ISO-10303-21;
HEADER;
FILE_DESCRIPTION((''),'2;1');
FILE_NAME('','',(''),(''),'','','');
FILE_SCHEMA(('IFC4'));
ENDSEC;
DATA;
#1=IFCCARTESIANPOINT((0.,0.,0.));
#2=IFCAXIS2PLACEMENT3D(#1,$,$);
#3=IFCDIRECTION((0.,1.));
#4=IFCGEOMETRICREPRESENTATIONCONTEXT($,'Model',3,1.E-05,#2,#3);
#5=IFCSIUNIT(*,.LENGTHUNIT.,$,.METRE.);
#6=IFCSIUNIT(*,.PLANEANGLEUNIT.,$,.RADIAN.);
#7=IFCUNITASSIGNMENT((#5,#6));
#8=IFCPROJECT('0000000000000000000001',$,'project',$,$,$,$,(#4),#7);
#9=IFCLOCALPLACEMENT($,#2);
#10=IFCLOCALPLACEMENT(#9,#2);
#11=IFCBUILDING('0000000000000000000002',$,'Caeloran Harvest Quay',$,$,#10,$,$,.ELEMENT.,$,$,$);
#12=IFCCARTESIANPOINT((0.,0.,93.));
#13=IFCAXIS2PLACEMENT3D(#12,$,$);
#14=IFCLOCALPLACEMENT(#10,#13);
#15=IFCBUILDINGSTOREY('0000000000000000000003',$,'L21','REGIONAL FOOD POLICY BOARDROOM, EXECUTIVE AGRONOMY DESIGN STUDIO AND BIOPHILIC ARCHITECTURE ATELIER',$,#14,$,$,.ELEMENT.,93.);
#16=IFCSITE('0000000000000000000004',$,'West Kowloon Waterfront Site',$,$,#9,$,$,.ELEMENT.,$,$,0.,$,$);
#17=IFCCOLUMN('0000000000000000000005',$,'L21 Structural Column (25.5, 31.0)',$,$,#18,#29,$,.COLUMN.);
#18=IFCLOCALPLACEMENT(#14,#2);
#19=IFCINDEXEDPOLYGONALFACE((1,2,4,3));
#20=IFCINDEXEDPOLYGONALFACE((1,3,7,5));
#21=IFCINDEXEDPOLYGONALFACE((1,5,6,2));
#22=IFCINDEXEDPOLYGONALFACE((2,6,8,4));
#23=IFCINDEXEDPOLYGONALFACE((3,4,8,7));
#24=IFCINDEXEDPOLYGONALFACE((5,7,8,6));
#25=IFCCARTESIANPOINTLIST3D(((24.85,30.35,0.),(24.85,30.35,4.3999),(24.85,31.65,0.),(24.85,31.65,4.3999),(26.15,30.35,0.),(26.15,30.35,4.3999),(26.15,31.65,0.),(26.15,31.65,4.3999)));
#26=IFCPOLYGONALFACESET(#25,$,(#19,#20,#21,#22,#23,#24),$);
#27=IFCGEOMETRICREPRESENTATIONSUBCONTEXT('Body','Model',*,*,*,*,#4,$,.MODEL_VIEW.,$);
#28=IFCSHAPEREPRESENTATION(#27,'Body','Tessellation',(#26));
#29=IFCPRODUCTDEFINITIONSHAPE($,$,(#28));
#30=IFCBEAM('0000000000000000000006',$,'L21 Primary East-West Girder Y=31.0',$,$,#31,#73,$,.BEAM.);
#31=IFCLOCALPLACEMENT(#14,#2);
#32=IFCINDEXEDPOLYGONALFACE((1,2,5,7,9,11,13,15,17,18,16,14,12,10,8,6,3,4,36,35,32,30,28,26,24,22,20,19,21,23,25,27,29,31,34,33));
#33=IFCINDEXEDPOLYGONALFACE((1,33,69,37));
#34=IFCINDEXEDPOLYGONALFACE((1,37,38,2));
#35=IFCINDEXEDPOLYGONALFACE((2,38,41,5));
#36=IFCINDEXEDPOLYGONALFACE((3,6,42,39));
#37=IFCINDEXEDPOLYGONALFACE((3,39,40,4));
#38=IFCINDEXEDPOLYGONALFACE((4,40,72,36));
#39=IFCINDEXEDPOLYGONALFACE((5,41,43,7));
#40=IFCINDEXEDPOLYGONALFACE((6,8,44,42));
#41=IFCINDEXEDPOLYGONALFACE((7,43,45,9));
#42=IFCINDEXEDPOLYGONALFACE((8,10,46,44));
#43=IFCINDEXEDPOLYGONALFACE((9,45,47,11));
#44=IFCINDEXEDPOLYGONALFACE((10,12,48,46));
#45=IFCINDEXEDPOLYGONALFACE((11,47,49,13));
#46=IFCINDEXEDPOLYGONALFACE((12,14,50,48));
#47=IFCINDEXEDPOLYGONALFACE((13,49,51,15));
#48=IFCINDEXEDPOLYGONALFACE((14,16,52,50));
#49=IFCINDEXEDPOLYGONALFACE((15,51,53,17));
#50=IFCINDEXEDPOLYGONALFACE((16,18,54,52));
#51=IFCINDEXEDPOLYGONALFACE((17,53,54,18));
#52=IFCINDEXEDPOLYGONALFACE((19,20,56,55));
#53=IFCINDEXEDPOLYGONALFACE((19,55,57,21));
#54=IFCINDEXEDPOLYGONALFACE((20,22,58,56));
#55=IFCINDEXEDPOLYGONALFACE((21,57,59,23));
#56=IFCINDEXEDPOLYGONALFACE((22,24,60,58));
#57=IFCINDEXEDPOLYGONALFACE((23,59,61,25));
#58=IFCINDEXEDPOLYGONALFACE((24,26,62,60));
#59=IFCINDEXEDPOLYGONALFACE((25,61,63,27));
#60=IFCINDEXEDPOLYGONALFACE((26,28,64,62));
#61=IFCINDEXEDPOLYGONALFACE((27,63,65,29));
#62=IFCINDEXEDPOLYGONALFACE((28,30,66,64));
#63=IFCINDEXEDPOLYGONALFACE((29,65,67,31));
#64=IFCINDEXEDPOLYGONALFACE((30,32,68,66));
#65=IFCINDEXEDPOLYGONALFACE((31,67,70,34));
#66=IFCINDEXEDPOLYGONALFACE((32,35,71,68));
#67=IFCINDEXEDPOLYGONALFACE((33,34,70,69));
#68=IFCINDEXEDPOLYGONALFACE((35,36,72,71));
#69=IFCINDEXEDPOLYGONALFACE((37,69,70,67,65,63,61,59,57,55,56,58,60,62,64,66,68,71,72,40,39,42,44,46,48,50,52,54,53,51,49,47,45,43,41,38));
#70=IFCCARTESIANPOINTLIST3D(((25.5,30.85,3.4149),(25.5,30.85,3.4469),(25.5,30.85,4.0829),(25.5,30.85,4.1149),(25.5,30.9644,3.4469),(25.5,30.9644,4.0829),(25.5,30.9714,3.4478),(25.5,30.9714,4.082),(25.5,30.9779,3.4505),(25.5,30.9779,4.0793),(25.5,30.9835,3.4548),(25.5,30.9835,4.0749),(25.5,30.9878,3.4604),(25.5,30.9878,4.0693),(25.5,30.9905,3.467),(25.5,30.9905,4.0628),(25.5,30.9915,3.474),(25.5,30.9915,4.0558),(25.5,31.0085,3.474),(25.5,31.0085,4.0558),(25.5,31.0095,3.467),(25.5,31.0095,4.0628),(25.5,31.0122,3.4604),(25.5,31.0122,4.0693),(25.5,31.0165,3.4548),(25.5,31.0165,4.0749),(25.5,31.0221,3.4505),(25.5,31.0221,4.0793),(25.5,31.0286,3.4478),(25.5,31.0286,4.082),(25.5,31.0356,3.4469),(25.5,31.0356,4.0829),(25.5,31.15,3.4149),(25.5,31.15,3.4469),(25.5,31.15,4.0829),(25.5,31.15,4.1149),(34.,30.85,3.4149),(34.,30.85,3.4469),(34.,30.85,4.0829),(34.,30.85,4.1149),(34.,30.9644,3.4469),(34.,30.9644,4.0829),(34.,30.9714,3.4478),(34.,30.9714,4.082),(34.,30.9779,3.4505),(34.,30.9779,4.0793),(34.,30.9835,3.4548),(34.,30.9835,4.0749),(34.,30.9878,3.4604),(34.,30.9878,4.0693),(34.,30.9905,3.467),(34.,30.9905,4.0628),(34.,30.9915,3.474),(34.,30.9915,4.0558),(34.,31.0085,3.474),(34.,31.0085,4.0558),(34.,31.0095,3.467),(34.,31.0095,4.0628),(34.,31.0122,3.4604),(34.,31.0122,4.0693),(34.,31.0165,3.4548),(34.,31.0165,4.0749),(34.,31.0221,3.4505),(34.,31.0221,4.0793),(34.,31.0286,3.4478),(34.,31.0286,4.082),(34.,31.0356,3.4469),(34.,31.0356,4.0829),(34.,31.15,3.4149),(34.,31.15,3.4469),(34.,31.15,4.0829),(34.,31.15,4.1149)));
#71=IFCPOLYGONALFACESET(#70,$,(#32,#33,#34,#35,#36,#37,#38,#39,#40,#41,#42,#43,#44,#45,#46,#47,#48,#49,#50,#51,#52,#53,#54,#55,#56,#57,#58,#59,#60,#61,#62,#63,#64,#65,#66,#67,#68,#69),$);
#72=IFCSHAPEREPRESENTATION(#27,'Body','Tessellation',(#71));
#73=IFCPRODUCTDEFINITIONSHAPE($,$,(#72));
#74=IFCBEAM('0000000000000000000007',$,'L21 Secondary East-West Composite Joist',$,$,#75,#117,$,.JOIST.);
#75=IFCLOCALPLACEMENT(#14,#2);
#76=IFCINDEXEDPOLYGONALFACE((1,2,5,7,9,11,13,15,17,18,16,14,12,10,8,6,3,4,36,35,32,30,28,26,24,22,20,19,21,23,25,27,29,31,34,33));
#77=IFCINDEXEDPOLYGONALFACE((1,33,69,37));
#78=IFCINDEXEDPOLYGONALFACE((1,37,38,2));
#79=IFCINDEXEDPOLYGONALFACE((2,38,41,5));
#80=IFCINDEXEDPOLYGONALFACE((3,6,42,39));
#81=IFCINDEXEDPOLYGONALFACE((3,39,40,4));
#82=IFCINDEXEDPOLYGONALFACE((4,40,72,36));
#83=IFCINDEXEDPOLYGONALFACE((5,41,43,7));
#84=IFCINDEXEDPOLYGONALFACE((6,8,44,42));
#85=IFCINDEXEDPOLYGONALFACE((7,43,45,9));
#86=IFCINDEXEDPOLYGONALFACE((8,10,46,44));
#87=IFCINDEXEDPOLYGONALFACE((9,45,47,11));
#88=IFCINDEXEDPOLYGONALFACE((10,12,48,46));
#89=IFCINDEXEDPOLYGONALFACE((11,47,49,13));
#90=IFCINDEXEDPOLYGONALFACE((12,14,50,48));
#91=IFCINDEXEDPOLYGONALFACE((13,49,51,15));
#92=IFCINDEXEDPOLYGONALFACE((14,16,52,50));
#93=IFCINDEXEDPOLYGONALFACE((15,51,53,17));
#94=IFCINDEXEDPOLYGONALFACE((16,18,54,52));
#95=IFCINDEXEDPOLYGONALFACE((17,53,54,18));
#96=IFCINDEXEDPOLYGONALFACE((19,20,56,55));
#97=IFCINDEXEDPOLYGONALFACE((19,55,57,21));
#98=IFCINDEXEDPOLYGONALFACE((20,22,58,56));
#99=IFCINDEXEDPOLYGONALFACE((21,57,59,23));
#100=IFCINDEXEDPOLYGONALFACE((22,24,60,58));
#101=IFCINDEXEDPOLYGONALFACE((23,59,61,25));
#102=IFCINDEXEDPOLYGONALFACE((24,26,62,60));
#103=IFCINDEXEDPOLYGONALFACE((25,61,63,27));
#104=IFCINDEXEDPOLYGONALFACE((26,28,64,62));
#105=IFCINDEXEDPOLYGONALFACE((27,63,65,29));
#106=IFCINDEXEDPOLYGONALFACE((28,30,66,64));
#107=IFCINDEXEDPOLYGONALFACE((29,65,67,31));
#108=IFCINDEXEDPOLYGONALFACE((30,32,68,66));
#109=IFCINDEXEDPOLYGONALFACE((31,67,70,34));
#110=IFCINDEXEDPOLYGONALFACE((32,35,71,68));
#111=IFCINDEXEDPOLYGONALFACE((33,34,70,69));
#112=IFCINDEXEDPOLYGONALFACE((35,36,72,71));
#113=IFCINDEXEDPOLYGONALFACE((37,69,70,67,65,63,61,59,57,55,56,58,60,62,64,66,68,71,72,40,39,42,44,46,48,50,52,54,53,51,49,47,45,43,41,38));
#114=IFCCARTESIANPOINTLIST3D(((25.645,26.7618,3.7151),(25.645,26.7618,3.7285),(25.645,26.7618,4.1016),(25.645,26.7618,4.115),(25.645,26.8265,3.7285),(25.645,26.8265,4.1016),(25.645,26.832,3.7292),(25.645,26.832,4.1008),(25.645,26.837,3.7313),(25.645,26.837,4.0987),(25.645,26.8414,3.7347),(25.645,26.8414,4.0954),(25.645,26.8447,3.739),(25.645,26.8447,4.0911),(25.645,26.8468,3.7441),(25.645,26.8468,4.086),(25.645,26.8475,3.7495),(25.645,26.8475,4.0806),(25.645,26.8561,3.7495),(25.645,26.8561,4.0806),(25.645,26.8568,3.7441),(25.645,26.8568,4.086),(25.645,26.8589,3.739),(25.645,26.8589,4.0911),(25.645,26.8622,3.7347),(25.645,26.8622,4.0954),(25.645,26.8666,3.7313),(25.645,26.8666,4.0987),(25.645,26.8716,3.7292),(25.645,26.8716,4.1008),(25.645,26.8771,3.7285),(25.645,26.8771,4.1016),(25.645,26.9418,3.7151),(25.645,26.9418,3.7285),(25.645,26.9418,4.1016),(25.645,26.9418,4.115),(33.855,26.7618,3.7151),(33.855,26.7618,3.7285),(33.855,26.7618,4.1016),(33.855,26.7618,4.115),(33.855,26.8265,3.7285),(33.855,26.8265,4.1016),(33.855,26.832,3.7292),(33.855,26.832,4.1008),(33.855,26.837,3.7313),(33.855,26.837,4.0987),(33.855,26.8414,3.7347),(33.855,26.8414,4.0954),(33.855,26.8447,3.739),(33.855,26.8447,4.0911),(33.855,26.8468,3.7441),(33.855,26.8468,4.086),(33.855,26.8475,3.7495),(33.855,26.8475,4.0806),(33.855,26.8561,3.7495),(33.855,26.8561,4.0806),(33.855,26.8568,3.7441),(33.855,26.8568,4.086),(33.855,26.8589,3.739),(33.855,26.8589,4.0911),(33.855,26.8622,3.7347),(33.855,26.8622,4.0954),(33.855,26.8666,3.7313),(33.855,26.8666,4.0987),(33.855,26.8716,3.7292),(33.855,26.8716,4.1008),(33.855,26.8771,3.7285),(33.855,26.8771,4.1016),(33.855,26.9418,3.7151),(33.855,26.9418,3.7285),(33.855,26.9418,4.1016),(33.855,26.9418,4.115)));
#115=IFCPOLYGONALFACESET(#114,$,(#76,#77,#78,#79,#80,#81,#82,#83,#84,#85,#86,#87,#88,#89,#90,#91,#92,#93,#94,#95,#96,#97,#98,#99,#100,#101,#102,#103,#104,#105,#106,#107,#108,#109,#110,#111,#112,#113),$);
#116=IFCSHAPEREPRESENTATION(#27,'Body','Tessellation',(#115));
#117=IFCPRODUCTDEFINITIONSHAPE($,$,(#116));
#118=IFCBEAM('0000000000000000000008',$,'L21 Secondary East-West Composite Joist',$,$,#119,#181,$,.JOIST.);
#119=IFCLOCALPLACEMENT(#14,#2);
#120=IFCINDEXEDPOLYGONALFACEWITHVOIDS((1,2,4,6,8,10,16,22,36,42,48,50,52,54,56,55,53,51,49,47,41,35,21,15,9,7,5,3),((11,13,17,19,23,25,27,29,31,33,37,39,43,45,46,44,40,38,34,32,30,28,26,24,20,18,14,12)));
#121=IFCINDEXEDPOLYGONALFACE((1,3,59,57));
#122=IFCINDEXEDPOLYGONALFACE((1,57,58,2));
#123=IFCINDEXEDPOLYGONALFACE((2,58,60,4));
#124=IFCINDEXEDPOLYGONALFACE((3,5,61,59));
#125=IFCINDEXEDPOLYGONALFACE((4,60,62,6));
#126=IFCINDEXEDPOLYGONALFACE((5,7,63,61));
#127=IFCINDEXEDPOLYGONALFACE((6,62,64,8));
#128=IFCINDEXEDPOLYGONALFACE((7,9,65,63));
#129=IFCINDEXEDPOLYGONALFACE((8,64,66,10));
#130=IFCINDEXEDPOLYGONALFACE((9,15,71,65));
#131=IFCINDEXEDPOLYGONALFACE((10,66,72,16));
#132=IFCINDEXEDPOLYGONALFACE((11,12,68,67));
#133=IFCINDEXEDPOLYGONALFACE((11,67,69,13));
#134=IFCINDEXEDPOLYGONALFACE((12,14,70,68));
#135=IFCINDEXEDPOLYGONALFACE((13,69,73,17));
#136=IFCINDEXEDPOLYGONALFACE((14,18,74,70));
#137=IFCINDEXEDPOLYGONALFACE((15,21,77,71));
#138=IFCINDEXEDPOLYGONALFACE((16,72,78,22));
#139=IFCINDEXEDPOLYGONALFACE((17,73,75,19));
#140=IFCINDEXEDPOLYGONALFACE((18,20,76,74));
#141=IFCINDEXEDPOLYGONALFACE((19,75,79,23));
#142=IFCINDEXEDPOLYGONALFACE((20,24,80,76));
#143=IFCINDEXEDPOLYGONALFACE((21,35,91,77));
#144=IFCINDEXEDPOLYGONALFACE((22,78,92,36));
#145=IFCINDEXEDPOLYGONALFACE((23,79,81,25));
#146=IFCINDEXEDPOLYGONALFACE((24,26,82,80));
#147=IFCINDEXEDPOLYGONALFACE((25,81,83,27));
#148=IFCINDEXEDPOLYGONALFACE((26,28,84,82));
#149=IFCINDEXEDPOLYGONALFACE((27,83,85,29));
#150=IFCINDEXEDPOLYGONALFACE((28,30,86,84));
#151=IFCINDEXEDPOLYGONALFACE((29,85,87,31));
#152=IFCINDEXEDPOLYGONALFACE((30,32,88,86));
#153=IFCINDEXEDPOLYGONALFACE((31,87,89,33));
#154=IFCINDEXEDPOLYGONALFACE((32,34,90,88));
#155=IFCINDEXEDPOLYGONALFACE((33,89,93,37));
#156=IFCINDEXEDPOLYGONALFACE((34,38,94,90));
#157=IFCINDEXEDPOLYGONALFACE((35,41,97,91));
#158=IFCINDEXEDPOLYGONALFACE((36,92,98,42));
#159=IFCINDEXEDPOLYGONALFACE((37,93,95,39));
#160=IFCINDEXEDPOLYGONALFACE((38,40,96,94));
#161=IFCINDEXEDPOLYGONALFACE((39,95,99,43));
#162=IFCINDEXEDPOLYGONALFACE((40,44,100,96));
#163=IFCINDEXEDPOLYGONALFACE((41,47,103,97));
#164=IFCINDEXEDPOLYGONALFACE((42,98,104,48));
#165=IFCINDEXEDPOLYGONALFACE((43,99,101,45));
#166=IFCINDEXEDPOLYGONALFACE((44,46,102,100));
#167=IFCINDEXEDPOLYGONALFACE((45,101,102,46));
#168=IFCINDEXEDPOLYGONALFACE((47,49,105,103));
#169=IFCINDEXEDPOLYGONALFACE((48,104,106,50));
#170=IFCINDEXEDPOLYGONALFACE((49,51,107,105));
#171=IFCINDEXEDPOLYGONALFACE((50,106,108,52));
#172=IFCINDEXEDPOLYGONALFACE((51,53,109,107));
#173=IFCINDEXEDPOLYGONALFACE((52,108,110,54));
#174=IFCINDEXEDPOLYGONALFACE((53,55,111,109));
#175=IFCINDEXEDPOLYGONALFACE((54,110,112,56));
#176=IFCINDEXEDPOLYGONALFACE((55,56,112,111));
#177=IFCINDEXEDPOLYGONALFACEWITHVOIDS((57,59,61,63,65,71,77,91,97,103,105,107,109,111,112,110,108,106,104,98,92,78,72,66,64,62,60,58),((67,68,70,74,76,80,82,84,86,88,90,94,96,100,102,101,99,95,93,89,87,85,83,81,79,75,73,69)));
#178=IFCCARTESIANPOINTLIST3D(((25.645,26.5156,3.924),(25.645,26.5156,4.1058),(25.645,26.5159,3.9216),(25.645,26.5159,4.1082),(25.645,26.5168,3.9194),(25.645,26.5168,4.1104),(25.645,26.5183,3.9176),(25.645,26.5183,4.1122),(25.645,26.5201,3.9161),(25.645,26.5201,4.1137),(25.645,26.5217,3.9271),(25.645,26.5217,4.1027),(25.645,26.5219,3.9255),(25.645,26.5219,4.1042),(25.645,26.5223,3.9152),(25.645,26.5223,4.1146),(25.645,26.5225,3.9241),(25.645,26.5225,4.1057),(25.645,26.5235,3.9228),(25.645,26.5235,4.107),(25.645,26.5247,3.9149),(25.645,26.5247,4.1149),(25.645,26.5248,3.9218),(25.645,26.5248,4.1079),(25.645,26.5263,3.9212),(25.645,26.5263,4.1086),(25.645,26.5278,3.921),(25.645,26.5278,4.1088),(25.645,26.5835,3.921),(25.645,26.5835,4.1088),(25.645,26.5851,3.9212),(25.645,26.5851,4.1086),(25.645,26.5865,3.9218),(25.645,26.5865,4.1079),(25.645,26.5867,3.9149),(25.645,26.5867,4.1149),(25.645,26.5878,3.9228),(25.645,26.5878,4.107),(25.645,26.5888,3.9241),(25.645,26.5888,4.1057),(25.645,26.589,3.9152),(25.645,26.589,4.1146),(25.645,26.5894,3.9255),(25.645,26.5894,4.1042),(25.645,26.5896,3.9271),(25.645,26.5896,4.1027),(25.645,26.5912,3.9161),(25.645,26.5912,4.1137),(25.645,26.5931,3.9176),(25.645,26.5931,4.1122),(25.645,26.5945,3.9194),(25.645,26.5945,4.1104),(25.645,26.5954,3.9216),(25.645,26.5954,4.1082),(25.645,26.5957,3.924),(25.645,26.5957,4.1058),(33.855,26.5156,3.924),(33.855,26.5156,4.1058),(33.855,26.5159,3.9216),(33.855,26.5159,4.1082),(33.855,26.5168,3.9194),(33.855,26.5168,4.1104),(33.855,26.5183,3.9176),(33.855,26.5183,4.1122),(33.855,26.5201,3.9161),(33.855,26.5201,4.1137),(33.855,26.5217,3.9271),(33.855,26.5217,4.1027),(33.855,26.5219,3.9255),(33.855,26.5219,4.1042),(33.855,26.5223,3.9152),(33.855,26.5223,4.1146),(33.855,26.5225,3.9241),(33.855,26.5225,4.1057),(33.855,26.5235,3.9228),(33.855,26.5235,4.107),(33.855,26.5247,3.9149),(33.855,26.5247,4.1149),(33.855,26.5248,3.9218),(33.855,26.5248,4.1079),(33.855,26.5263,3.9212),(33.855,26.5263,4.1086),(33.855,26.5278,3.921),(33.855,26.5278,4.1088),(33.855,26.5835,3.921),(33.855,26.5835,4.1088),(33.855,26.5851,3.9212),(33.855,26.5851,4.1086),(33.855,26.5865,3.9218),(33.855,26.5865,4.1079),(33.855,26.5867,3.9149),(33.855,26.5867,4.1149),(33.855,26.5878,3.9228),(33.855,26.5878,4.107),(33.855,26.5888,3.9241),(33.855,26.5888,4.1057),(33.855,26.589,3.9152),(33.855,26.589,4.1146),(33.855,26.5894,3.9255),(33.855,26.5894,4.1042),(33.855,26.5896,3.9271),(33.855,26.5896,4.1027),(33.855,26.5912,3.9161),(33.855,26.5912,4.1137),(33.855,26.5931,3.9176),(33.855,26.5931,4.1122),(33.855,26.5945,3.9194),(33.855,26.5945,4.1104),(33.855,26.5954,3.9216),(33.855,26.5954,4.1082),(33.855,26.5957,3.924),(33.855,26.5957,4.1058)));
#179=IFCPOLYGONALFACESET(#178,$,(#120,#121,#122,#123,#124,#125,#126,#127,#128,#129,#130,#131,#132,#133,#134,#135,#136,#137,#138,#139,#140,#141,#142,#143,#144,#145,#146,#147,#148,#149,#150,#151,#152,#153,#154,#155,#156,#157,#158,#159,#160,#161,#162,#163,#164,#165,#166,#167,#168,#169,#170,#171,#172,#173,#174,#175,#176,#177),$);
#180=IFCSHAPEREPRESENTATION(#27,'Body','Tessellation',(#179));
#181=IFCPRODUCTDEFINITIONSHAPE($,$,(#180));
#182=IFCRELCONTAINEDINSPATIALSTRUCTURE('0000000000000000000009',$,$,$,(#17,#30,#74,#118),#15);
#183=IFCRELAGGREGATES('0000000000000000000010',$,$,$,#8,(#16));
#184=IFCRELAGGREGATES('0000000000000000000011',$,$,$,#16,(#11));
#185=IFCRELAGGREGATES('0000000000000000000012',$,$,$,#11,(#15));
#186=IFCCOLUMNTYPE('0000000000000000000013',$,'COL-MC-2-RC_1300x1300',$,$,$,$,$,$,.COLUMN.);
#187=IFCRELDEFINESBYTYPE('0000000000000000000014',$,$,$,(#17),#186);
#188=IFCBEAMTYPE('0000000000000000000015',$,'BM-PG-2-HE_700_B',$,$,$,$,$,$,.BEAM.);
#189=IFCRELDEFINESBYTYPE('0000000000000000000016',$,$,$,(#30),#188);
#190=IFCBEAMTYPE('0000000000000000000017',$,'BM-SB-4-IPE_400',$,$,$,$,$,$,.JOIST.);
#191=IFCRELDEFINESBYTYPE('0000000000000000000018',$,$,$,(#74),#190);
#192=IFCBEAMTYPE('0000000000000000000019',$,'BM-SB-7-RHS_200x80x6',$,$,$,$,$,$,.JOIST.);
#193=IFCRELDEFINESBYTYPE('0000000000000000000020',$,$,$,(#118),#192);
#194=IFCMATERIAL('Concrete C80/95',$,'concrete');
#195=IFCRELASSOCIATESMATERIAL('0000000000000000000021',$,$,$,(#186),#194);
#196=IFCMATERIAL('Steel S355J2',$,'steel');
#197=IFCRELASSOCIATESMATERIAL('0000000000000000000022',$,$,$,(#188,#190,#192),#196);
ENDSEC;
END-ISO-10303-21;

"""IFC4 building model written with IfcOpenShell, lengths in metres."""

from ifc_helpers import new_model, si_unit, direction, frame, origin, origin_2d, place, context, subcontext, project, spatial, rectangle, hollow_rectangle, i_section, extrude, material, material_profile, profile_set, type_object, element, save


model = new_model("IFC4")

# Units and contexts
model_context = context("Model", 3, precision=1e-05, world=origin(), true_north=direction((0.0, 1.0)))
body_context = subcontext(model_context, "Body", "Model", "MODEL_VIEW")
ifc_project = project(units=[si_unit("LENGTHUNIT", "METRE"), si_unit("PLANEANGLEUNIT", "RADIAN")], contexts=[model_context])

# Site, building, storey
site_placement = place(None, origin())
site = spatial("IfcSite", under=ifc_project, at=site_placement, Name="West Kowloon Waterfront Site", CompositionType="ELEMENT", RefElevation=0.0)
building_placement = place(site_placement, origin())
building = spatial("IfcBuilding", under=site, at=building_placement, Name="Caeloran Harvest Quay", CompositionType="ELEMENT")
storey_placement = place(building_placement, frame((0.0, 0.0, 93.0)))
storey = spatial("IfcBuildingStorey", under=building, at=storey_placement, Name="L21", Description="REGIONAL FOOD POLICY BOARDROOM, EXECUTIVE AGRONOMY DESIGN STUDIO AND BIOPHILIC ARCHITECTURE ATELIER", CompositionType="ELEMENT", Elevation=93.0)

# Column
ifc_material_1 = material(Name="Concrete C80/95", Category="concrete")
ifc_material_profile_1 = material_profile(ifc_material_1, rectangle(XDim=1.3, YDim=1.3, at=origin_2d()), Name="RC 1300x1300")
ifc_profile_set_1 = profile_set([ifc_material_profile_1], Name="Concrete C80/95")
column_type = type_object("IfcColumnType", Name="COL-MC-2-RC_1300x1300", PredefinedType="COLUMN", material=ifc_profile_set_1)
column_placement = place(storey_placement, frame((25.5, 31.0, 0.0), z_axis=(0.0, 0.0, 1.0), x_axis=(1.0, 0.0, 0.0)))
element("IfcColumn", 1, at=column_placement, inside=storey, type_object=column_type, Name="L21 Structural Column (25.5, 31.0)", PredefinedType="COLUMN", context=body_context, shape_type="SweptSolid", body=[
    extrude(rectangle(XDim=1.3, YDim=1.3, at=origin_2d()), origin(), (0.0, 0.0, 1.0), 4.3999),
])

# Beams
ifc_material_2 = material(Name="Steel S355J2", Category="steel")
ifc_material_profile_2 = material_profile(ifc_material_2, i_section(OverallWidth=0.3, OverallDepth=0.7, WebThickness=0.0171, FlangeThickness=0.032, FilletRadius=0.0271, at=origin_2d()), Name="HE 700 B")
ifc_profile_set_2 = profile_set([ifc_material_profile_2], Name="Steel S355J2")
beam_type_1 = type_object("IfcBeamType", Name="BM-PG-2-HE_700_B", PredefinedType="BEAM", material=ifc_profile_set_2)
beam_1_placement = place(storey_placement, frame((25.5, 31.0, 3.7649), z_axis=(1.0, 0.0, 0.0), x_axis=(0.0, 1.0, 0.0)))
element("IfcBeam", 2, at=beam_1_placement, inside=storey, type_object=beam_type_1, Name="L21 Primary East-West Girder Y=31.0", PredefinedType="BEAM", context=body_context, shape_type="SweptSolid", body=[
    extrude(i_section(OverallWidth=0.3, OverallDepth=0.7, WebThickness=0.0171, FlangeThickness=0.032, FilletRadius=0.0271, at=origin_2d()), origin(), (0.0, 0.0, 1.0), 8.5),
])
ifc_material_profile_3 = material_profile(ifc_material_2, i_section(OverallWidth=0.1799, OverallDepth=0.3999, WebThickness=0.0085, FlangeThickness=0.0134, FilletRadius=0.021, at=origin_2d()), Name="IPE 400")
ifc_profile_set_3 = profile_set([ifc_material_profile_3], Name="Steel S355J2")
beam_type_2 = type_object("IfcBeamType", Name="BM-SB-4-IPE_400", PredefinedType="JOIST", material=ifc_profile_set_3)
beam_2_placement = place(storey_placement, frame((25.645, 26.8518, 3.915), z_axis=(1.0, 0.0, 0.0), x_axis=(0.0, 1.0, 0.0)))
element("IfcBeam", 3, at=beam_2_placement, inside=storey, type_object=beam_type_2, Name="L21 Secondary East-West Composite Joist", PredefinedType="JOIST", context=body_context, shape_type="SweptSolid", body=[
    extrude(i_section(OverallWidth=0.1799, OverallDepth=0.3999, WebThickness=0.0085, FlangeThickness=0.0134, FilletRadius=0.021, at=origin_2d()), origin(), (0.0, 0.0, 1.0), 8.21),
])
ifc_material_profile_4 = material_profile(ifc_material_2, hollow_rectangle(XDim=0.0801, YDim=0.2, WallThickness=0.0061, InnerFilletRadius=0.0061, OuterFilletRadius=0.009, at=origin_2d()), Name="RHS 200x80x6")
ifc_profile_set_4 = profile_set([ifc_material_profile_4], Name="Steel S355J2")
beam_type_3 = type_object("IfcBeamType", Name="BM-SB-7-RHS_200x80x6", PredefinedType="JOIST", material=ifc_profile_set_4)
beam_3_placement = place(storey_placement, frame((25.645, 26.5557, 4.0149), z_axis=(1.0, 0.0, 0.0), x_axis=(0.0, 1.0, 0.0)))
element("IfcBeam", 4, at=beam_3_placement, inside=storey, type_object=beam_type_3, Name="L21 Secondary East-West Composite Joist", PredefinedType="JOIST", context=body_context, shape_type="SweptSolid", body=[
    extrude(hollow_rectangle(XDim=0.0801, YDim=0.2, WallThickness=0.0061, InnerFilletRadius=0.0061, OuterFilletRadius=0.009, at=origin_2d()), origin(), (0.0, 0.0, 1.0), 8.21),
])

save(model, "model.ifc")
